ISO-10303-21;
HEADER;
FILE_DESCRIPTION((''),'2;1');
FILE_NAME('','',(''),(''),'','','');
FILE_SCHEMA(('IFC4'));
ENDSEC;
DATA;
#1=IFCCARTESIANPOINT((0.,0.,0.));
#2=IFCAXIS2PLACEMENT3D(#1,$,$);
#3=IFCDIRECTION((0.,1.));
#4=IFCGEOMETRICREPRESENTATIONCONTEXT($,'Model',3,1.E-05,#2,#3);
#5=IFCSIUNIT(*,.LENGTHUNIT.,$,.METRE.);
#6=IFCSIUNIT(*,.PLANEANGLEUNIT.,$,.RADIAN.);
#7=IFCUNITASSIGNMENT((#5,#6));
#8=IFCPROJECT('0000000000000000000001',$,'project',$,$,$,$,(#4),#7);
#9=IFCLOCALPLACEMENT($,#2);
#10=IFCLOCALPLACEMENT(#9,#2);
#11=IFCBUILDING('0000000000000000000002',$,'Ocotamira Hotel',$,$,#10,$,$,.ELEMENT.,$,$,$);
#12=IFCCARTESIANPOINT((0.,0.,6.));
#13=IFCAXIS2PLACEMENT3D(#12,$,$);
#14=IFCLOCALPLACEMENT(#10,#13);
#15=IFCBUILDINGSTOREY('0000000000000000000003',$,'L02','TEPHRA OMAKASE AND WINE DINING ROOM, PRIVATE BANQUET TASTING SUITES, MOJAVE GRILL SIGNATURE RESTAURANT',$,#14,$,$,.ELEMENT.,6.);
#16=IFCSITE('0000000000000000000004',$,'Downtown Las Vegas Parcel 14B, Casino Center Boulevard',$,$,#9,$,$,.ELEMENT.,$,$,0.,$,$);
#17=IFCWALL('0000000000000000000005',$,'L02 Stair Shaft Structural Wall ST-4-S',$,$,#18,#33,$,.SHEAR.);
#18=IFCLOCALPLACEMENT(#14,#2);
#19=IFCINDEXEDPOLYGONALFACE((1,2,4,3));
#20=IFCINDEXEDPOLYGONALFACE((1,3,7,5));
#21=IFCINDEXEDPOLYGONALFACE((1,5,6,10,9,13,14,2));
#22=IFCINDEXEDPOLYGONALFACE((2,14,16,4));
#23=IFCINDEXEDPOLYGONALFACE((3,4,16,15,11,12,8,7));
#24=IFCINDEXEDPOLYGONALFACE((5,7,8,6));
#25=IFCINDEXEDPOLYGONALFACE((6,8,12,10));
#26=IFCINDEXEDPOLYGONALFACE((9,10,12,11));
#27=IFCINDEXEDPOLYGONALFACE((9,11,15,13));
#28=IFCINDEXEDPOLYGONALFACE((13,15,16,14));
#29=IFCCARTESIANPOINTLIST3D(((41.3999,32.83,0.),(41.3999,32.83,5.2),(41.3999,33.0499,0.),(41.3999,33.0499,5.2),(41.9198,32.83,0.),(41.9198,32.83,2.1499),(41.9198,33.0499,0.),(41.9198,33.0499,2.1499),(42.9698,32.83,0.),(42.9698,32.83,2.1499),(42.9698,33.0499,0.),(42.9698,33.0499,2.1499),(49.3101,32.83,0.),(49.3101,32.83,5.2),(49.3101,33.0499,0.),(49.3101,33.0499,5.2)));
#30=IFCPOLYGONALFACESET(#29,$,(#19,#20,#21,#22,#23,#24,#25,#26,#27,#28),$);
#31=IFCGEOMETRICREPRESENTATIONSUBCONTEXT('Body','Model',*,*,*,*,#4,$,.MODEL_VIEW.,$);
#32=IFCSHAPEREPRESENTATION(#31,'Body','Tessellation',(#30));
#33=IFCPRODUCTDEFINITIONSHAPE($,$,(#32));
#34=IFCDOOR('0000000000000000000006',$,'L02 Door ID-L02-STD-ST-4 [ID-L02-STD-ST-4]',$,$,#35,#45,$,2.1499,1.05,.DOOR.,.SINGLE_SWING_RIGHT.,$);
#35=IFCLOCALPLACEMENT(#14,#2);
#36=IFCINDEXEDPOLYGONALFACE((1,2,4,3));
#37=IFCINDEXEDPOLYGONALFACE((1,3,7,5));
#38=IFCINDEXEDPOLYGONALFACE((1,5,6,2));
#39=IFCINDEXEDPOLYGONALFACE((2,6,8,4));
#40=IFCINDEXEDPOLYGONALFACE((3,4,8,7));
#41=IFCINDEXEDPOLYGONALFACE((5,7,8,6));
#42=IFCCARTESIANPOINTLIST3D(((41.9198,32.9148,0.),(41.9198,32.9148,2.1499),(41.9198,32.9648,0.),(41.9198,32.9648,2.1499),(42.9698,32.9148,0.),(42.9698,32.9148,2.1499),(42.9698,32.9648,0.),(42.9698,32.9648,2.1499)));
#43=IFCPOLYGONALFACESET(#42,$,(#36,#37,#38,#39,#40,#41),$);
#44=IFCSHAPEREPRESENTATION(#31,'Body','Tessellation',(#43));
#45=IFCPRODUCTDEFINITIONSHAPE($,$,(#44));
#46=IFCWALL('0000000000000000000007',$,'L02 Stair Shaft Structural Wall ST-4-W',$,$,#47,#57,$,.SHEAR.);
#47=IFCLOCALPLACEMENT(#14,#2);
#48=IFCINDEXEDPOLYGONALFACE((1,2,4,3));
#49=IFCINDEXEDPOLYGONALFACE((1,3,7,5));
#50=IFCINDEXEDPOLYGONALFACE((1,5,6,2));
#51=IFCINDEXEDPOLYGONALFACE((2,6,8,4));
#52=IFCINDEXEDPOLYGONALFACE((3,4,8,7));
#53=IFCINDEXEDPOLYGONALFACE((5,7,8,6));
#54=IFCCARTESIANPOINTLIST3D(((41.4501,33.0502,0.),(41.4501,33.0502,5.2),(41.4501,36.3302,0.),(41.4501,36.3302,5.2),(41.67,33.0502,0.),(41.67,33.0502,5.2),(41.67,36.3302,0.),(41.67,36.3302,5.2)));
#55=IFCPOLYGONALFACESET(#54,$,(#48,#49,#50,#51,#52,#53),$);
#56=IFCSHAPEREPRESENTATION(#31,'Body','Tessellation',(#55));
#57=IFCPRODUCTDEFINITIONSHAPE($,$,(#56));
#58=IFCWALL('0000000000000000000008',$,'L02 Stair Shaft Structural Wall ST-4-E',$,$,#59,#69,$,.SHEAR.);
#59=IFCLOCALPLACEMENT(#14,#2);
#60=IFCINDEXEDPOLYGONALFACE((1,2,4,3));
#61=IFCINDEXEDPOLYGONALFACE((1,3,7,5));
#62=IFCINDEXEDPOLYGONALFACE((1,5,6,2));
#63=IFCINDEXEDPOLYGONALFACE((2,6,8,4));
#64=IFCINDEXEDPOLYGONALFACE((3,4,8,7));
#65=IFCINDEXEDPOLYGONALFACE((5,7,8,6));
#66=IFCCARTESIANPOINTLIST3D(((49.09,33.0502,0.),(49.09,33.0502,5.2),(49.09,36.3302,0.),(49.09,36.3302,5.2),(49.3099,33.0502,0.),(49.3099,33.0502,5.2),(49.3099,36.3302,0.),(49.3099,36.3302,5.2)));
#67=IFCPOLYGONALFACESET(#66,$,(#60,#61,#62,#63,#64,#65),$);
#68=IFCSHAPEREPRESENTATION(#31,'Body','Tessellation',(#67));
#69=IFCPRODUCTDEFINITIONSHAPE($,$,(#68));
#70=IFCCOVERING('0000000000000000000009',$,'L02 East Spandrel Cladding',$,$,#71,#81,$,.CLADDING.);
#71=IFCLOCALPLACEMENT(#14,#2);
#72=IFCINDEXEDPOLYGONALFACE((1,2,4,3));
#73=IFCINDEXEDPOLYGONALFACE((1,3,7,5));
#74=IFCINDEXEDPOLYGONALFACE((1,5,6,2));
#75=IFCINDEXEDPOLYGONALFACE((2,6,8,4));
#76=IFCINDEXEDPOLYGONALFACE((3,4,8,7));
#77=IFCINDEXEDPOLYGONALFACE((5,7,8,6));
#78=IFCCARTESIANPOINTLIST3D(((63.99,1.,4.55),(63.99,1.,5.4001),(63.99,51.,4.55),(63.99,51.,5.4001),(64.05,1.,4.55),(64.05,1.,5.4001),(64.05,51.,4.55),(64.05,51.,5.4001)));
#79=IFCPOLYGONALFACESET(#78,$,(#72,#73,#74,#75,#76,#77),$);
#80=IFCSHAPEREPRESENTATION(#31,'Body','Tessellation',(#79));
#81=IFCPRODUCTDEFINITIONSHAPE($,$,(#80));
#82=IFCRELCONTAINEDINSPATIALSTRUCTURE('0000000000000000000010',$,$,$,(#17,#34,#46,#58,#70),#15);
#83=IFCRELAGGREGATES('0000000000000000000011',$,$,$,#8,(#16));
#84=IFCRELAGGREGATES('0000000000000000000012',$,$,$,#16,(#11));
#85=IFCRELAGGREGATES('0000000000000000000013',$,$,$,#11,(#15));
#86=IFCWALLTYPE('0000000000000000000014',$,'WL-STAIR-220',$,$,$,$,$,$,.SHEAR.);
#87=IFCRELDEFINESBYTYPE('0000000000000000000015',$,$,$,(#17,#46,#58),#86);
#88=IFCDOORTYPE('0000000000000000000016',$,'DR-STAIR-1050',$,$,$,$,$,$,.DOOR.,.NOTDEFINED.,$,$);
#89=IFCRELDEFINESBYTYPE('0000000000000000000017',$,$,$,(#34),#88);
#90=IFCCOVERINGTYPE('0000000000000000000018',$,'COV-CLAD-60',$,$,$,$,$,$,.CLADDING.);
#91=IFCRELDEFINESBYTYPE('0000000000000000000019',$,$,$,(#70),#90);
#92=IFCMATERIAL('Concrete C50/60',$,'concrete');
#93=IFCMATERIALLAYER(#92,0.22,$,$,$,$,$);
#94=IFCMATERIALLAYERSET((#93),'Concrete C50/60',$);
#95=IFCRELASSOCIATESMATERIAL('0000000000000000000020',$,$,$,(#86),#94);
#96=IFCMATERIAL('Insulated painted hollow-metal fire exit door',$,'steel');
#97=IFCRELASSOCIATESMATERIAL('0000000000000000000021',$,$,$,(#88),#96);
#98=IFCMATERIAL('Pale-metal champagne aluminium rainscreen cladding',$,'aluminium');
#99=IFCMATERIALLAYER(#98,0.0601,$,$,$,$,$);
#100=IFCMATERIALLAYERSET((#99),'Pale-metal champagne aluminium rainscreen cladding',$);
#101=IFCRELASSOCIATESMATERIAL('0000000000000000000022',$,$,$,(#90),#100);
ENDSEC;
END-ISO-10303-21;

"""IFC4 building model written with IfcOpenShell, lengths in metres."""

from ifc_helpers import new_model, si_unit, direction, frame, frame_2d, origin, origin_2d, place, context, subcontext, project, spatial, rectangle, extrude, source, transform, mapped, material, layer, layer_set, type_object, element, fill, save


model = new_model("IFC4")

# Units and contexts
model_context = context("Model", 3, precision=1e-05, world=origin(), true_north=direction((0.0, 1.0)))
body_context = subcontext(model_context, "Body", "Model", "MODEL_VIEW")
ifc_project = project(units=[si_unit("LENGTHUNIT", "METRE"), si_unit("PLANEANGLEUNIT", "RADIAN")], contexts=[model_context])

# Site, building, storey
site_placement = place(None, origin())
site = spatial("IfcSite", under=ifc_project, at=site_placement, Name="Downtown Las Vegas Parcel 14B, Casino Center Boulevard", CompositionType="ELEMENT", RefElevation=0.0)
building_placement = place(site_placement, origin())
building = spatial("IfcBuilding", under=site, at=building_placement, Name="Ocotamira Hotel", CompositionType="ELEMENT")
storey_placement = place(building_placement, frame((0.0, 0.0, 6.0)))
storey = spatial("IfcBuildingStorey", under=building, at=storey_placement, Name="L02", Description="TEPHRA OMAKASE AND WINE DINING ROOM, PRIVATE BANQUET TASTING SUITES, MOJAVE GRILL SIGNATURE RESTAURANT", CompositionType="ELEMENT", Elevation=6.0)

# Wall, opening, door
ifc_material_1 = material(Name="Concrete C50/60", Category="concrete")
ifc_layer_1 = layer(ifc_material_1, 0.22)
ifc_layer_set_1 = layer_set([ifc_layer_1], Name="Concrete C50/60")
wall_type_1 = type_object("IfcWallType", Name="WL-STAIR-220", PredefinedType="SHEAR", material=ifc_layer_set_1)
wall_1_placement = place(storey_placement, frame((41.3999, 32.9399, 0.0), z_axis=(0.0, 0.0, 1.0), x_axis=(1.0, 0.0, 0.0)))
wall_1 = element("IfcWall", 1, at=wall_1_placement, inside=storey, type_object=wall_type_1, Name="L02 Stair Shaft Structural Wall ST-4-S", PredefinedType="SHEAR", context=body_context, shape_type="SweptSolid", body=[
    extrude(rectangle(XDim=7.9102, YDim=0.22, at=frame_2d((3.9551, 0.0))), origin(), (0.0, 0.0, 1.0), 5.2),
])
opening_1_placement = place(wall_1_placement, frame((0.52, 0.0, 0.0)))
opening_1 = element("IfcOpeningElement", 2, at=opening_1_placement, cuts=wall_1, PredefinedType="OPENING", context=body_context, shape_type="SweptSolid", body=[
    extrude(rectangle(XDim=1.05, YDim=2.1499, at=frame_2d((0.5249, 1.075))), frame((0.0, 0.1201, 0.0), z_axis=(0.0, -1.0, 0.0), x_axis=(1.0, 0.0, 0.0)), (0.0, 0.0, 1.0), 0.24),
])
ifc_material_2 = material(Name="Insulated painted hollow-metal fire exit door", Category="steel")
door_type_1 = type_object("IfcDoorType", Name="DR-STAIR-1050", OperationType="NOTDEFINED", PredefinedType="DOOR", material=ifc_material_2)
shared_shape_1 = source(origin(), body_context, "Body", "SweptSolid", [
    extrude(rectangle(XDim=1.05, YDim=2.1499, at=frame_2d((0.5249, 1.075))), frame((0.0, 0.0249, 0.0), z_axis=(0.0, -1.0, 0.0), x_axis=(1.0, 0.0, 0.0)), (0.0, 0.0, 1.0), 0.05),
])
door_1_placement = place(opening_1_placement, origin())
door_1 = element("IfcDoor", 3, at=door_1_placement, inside=storey, type_object=door_type_1, Name="L02 Door ID-L02-STD-ST-4 [ID-L02-STD-ST-4]", OperationType="SINGLE_SWING_RIGHT", OverallHeight=2.1499, OverallWidth=1.05, PredefinedType="DOOR", context=body_context, shape_type="MappedRepresentation", body=[
    mapped(shared_shape_1, transform((0.0, 0.0, 0.0), scale=1.0)),
])
fill(opening_1, door_1)

# Walls
for number, where, z_axis, x_axis, name in (
    (4, (41.5601, 33.05, 0.0), (0.0, 0.0, 1.0), (0.0, 1.0, 0.0), "L02 Stair Shaft Structural Wall ST-4-W"),
    (5, (49.2, 33.05, 0.0), (0.0, 0.0, 1.0), (0.0, 1.0, 0.0), "L02 Stair Shaft Structural Wall ST-4-E"),
):
    element("IfcWall", number, at=place(storey_placement, frame(where, z_axis=z_axis, x_axis=x_axis)), inside=storey, type_object=wall_type_1, Name=name, PredefinedType="SHEAR", context=body_context, shape_type="SweptSolid", body=[
        extrude(rectangle(XDim=3.28, YDim=0.22, at=frame_2d((1.6401, 0.0))), origin(), (0.0, 0.0, 1.0), 5.2),
    ])

# Covering
ifc_material_3 = material(Name="Pale-metal champagne aluminium rainscreen cladding", Category="aluminium")
ifc_layer_2 = layer(ifc_material_3, 0.0601)
ifc_layer_set_2 = layer_set([ifc_layer_2], Name="Pale-metal champagne aluminium rainscreen cladding")
covering_type = type_object("IfcCoveringType", Name="COV-CLAD-60", PredefinedType="CLADDING", material=ifc_layer_set_2)
shared_shape_2 = source(origin(), body_context, "Body", "SweptSolid", [
    extrude(rectangle(XDim=0.0601, YDim=50.0, at=origin_2d()), origin(), (0.0, 0.0, 1.0), 0.8501),
])
covering_placement = place(storey_placement, frame((64.02, 26.0, 4.55), z_axis=(0.0, 0.0, 1.0), x_axis=(1.0, 0.0, 0.0)))
element("IfcCovering", 6, at=covering_placement, inside=storey, type_object=covering_type, Name="L02 East Spandrel Cladding", PredefinedType="CLADDING", context=body_context, shape_type="MappedRepresentation", body=[
    mapped(shared_shape_2, transform((0.0, 0.0, 0.0), scale=1.0)),
])

save(model, "model.ifc")
